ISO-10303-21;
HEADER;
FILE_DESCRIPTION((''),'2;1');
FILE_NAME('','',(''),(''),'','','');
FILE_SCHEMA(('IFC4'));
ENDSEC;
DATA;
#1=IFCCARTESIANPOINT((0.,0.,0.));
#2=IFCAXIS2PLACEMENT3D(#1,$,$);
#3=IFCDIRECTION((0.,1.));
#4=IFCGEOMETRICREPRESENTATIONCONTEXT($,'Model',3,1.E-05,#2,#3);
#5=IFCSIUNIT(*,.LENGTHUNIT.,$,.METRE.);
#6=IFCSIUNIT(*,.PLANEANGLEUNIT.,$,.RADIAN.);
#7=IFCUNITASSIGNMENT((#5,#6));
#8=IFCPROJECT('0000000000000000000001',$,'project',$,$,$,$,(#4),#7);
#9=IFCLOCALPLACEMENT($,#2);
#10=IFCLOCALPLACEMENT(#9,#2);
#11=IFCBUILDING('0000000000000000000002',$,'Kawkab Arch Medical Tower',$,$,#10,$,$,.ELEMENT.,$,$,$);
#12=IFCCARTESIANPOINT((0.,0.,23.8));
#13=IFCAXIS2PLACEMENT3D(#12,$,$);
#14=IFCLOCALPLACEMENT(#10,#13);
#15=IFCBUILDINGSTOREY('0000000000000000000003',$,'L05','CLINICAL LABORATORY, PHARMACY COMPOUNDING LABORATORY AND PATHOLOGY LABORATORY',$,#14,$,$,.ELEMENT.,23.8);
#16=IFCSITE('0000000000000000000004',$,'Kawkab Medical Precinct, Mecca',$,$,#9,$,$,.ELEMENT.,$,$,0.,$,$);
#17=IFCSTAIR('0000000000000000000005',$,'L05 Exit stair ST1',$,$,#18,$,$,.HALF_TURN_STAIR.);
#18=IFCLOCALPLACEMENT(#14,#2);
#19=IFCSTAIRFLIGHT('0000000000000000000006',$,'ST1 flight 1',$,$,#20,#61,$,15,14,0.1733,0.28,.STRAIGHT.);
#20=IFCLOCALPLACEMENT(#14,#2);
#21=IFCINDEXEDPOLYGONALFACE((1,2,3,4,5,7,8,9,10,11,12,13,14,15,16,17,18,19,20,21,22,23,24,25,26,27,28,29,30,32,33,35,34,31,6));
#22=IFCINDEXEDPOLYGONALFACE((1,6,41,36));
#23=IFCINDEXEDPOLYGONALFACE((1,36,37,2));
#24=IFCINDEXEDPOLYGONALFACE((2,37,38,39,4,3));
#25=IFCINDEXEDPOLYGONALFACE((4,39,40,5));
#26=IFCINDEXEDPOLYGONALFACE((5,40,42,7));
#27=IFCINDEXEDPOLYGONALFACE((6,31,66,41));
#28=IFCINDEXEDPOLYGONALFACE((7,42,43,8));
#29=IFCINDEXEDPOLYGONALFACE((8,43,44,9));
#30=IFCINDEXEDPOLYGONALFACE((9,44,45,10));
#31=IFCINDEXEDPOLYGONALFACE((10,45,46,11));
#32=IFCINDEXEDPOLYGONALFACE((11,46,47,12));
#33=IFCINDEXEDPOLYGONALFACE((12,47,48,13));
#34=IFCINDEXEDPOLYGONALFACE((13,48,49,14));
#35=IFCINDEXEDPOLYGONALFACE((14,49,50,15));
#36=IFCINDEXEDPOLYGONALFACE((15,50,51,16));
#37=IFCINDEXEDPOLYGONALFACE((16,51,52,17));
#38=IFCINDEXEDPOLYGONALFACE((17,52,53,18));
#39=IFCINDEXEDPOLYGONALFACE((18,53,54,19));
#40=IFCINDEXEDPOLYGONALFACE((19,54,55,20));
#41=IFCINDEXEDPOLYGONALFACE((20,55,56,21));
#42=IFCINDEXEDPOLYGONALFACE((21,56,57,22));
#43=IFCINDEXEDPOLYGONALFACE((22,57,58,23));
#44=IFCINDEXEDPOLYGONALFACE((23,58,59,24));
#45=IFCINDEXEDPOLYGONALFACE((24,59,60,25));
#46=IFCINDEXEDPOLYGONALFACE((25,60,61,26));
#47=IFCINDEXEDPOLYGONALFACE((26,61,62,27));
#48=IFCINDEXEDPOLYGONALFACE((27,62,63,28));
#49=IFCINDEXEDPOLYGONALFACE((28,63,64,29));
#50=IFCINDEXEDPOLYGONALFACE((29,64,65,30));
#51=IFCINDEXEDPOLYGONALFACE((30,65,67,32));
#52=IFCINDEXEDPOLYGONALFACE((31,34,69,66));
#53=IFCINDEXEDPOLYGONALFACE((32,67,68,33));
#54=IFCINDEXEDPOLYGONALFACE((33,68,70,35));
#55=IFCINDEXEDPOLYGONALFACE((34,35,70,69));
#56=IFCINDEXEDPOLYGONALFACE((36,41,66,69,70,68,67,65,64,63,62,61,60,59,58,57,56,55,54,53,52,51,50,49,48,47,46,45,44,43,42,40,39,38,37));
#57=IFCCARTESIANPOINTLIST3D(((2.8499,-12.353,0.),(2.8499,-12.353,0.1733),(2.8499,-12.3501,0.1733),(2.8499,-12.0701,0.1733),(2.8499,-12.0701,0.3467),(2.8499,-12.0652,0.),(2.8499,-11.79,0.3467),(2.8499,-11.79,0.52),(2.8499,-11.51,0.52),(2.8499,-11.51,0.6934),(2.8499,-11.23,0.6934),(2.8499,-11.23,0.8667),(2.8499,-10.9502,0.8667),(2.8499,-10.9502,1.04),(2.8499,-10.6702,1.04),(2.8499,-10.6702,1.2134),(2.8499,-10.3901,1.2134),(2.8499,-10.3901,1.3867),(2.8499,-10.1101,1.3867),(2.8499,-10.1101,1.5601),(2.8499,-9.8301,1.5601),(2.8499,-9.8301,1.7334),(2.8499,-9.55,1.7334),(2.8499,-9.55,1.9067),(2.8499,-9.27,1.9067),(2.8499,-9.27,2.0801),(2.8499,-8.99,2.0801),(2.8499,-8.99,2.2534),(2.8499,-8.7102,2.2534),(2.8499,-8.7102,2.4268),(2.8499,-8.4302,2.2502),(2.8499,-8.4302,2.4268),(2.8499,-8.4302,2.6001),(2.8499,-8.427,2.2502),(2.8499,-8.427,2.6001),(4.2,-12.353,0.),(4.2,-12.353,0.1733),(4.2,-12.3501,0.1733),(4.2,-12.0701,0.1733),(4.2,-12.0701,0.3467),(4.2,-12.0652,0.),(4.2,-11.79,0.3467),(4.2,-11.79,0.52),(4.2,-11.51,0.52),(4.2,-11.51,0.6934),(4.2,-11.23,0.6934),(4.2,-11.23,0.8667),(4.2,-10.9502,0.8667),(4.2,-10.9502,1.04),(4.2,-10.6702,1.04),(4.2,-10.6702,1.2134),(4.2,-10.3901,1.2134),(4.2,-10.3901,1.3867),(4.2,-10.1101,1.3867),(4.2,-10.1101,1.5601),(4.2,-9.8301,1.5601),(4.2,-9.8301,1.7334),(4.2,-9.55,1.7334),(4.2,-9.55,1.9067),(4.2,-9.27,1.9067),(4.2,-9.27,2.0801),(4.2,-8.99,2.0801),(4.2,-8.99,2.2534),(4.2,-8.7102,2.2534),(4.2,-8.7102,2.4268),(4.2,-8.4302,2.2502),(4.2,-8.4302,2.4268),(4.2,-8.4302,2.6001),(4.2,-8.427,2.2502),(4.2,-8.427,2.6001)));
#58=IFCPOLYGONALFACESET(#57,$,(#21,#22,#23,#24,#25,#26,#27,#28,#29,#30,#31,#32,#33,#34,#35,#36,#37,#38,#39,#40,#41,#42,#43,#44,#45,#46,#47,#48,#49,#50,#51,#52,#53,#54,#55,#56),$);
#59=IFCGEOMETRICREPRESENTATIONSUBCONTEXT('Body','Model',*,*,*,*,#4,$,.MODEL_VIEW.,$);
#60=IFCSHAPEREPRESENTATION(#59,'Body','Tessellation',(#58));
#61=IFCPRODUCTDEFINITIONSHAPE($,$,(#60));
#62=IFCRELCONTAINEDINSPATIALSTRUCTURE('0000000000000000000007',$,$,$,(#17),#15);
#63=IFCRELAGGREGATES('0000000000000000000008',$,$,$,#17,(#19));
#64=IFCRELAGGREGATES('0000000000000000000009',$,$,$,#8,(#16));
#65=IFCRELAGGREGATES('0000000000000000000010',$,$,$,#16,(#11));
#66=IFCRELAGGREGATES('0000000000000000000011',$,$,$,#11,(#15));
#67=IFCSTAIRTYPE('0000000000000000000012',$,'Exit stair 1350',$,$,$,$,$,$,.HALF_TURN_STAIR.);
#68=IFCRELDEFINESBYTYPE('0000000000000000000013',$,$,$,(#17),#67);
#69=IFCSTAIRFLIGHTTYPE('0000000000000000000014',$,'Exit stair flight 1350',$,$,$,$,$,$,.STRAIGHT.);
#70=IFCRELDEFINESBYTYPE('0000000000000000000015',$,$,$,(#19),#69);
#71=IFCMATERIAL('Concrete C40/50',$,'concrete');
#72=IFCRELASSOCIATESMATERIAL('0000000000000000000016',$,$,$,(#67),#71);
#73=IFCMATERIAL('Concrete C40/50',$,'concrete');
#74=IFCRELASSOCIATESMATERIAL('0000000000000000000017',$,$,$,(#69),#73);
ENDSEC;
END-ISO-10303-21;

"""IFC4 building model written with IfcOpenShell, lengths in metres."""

from ifc_helpers import new_model, si_unit, direction, frame, origin, place, context, subcontext, project, spatial, polyline, outline, extrude, material, type_object, element, aggregate, save


model = new_model("IFC4")

# Units and contexts
model_context = context("Model", 3, precision=1e-05, world=origin(), true_north=direction((0.0, 1.0)))
body_context = subcontext(model_context, "Body", "Model", "MODEL_VIEW")
ifc_project = project(units=[si_unit("LENGTHUNIT", "METRE"), si_unit("PLANEANGLEUNIT", "RADIAN")], contexts=[model_context])

# Site, building, storey
site_placement = place(None, origin())
site = spatial("IfcSite", under=ifc_project, at=site_placement, Name="Kawkab Medical Precinct, Mecca", CompositionType="ELEMENT", RefElevation=0.0)
building_placement = place(site_placement, origin())
building = spatial("IfcBuilding", under=site, at=building_placement, Name="Kawkab Arch Medical Tower", CompositionType="ELEMENT")
storey_placement = place(building_placement, frame((0.0, 0.0, 23.8)))
storey = spatial("IfcBuildingStorey", under=building, at=storey_placement, Name="L05", Description="CLINICAL LABORATORY, PHARMACY COMPOUNDING LABORATORY AND PATHOLOGY LABORATORY", CompositionType="ELEMENT", Elevation=23.8)

# Stair, stair flight
ifc_material_1 = material(Name="Concrete C40/50", Category="concrete")
stair_type = type_object("IfcStairType", Name="Exit stair 1350", PredefinedType="HALF_TURN_STAIR", material=ifc_material_1)
stair_placement = place(storey_placement, origin())
stair = element("IfcStair", 1, at=stair_placement, inside=storey, type_object=stair_type, Name="L05 Exit stair ST1", PredefinedType="HALF_TURN_STAIR")
ifc_material_2 = material(Name="Concrete C40/50", Category="concrete")
stair_flight_type = type_object("IfcStairFlightType", Name="Exit stair flight 1350", PredefinedType="STRAIGHT", material=ifc_material_2)
stair_flight_placement = place(storey_placement, frame((3.5249, -12.3501, 0.0), z_axis=(0.0, 0.0, 1.0), x_axis=(0.0, 1.0, 0.0)))
stair_flight = element("IfcStairFlight", 2, at=stair_flight_placement, type_object=stair_flight_type, Name="ST1 flight 1", NumberOfRisers=15, NumberOfTreads=14, PredefinedType="STRAIGHT", RiserHeight=0.1733, TreadLength=0.28, context=body_context, shape_type="SweptSolid", body=[
    extrude(outline(polyline([(-0.0029, 0.0), (-0.0029, 0.1733), (0.0, 0.1733), (0.28, 0.1733), (0.28, 0.3467), (0.5601, 0.3467), (0.5601, 0.52), (0.8401, 0.52), (0.8401, 0.6934), (1.1201, 0.6934), (1.1201, 0.8667), (1.3999, 0.8667), (1.3999, 1.04), (1.6799, 1.04), (1.6799, 1.2134), (1.96, 1.2134), (1.96, 1.3867), (2.24, 1.3867), (2.24, 1.5601), (2.52, 1.5601), (2.52, 1.7334), (2.8, 1.7334), (2.8, 1.9067), (3.0801, 1.9067), (3.0801, 2.0801), (3.3601, 2.0801), (3.3601, 2.2534), (3.6399, 2.2534), (3.6399, 2.4268), (3.9199, 2.4268), (3.9199, 2.6001), (3.9231, 2.6001), (3.9231, 2.2502), (3.9199, 2.2502), (0.2849, 0.0), (-0.0029, 0.0)])), frame((0.0, 0.675, 0.0), z_axis=(0.0, -1.0, 0.0), x_axis=(1.0, 0.0, 0.0)), (0.0, 0.0, 1.0), 1.3501),
])
aggregate(stair, [stair_flight])

save(model, "model.ifc")
